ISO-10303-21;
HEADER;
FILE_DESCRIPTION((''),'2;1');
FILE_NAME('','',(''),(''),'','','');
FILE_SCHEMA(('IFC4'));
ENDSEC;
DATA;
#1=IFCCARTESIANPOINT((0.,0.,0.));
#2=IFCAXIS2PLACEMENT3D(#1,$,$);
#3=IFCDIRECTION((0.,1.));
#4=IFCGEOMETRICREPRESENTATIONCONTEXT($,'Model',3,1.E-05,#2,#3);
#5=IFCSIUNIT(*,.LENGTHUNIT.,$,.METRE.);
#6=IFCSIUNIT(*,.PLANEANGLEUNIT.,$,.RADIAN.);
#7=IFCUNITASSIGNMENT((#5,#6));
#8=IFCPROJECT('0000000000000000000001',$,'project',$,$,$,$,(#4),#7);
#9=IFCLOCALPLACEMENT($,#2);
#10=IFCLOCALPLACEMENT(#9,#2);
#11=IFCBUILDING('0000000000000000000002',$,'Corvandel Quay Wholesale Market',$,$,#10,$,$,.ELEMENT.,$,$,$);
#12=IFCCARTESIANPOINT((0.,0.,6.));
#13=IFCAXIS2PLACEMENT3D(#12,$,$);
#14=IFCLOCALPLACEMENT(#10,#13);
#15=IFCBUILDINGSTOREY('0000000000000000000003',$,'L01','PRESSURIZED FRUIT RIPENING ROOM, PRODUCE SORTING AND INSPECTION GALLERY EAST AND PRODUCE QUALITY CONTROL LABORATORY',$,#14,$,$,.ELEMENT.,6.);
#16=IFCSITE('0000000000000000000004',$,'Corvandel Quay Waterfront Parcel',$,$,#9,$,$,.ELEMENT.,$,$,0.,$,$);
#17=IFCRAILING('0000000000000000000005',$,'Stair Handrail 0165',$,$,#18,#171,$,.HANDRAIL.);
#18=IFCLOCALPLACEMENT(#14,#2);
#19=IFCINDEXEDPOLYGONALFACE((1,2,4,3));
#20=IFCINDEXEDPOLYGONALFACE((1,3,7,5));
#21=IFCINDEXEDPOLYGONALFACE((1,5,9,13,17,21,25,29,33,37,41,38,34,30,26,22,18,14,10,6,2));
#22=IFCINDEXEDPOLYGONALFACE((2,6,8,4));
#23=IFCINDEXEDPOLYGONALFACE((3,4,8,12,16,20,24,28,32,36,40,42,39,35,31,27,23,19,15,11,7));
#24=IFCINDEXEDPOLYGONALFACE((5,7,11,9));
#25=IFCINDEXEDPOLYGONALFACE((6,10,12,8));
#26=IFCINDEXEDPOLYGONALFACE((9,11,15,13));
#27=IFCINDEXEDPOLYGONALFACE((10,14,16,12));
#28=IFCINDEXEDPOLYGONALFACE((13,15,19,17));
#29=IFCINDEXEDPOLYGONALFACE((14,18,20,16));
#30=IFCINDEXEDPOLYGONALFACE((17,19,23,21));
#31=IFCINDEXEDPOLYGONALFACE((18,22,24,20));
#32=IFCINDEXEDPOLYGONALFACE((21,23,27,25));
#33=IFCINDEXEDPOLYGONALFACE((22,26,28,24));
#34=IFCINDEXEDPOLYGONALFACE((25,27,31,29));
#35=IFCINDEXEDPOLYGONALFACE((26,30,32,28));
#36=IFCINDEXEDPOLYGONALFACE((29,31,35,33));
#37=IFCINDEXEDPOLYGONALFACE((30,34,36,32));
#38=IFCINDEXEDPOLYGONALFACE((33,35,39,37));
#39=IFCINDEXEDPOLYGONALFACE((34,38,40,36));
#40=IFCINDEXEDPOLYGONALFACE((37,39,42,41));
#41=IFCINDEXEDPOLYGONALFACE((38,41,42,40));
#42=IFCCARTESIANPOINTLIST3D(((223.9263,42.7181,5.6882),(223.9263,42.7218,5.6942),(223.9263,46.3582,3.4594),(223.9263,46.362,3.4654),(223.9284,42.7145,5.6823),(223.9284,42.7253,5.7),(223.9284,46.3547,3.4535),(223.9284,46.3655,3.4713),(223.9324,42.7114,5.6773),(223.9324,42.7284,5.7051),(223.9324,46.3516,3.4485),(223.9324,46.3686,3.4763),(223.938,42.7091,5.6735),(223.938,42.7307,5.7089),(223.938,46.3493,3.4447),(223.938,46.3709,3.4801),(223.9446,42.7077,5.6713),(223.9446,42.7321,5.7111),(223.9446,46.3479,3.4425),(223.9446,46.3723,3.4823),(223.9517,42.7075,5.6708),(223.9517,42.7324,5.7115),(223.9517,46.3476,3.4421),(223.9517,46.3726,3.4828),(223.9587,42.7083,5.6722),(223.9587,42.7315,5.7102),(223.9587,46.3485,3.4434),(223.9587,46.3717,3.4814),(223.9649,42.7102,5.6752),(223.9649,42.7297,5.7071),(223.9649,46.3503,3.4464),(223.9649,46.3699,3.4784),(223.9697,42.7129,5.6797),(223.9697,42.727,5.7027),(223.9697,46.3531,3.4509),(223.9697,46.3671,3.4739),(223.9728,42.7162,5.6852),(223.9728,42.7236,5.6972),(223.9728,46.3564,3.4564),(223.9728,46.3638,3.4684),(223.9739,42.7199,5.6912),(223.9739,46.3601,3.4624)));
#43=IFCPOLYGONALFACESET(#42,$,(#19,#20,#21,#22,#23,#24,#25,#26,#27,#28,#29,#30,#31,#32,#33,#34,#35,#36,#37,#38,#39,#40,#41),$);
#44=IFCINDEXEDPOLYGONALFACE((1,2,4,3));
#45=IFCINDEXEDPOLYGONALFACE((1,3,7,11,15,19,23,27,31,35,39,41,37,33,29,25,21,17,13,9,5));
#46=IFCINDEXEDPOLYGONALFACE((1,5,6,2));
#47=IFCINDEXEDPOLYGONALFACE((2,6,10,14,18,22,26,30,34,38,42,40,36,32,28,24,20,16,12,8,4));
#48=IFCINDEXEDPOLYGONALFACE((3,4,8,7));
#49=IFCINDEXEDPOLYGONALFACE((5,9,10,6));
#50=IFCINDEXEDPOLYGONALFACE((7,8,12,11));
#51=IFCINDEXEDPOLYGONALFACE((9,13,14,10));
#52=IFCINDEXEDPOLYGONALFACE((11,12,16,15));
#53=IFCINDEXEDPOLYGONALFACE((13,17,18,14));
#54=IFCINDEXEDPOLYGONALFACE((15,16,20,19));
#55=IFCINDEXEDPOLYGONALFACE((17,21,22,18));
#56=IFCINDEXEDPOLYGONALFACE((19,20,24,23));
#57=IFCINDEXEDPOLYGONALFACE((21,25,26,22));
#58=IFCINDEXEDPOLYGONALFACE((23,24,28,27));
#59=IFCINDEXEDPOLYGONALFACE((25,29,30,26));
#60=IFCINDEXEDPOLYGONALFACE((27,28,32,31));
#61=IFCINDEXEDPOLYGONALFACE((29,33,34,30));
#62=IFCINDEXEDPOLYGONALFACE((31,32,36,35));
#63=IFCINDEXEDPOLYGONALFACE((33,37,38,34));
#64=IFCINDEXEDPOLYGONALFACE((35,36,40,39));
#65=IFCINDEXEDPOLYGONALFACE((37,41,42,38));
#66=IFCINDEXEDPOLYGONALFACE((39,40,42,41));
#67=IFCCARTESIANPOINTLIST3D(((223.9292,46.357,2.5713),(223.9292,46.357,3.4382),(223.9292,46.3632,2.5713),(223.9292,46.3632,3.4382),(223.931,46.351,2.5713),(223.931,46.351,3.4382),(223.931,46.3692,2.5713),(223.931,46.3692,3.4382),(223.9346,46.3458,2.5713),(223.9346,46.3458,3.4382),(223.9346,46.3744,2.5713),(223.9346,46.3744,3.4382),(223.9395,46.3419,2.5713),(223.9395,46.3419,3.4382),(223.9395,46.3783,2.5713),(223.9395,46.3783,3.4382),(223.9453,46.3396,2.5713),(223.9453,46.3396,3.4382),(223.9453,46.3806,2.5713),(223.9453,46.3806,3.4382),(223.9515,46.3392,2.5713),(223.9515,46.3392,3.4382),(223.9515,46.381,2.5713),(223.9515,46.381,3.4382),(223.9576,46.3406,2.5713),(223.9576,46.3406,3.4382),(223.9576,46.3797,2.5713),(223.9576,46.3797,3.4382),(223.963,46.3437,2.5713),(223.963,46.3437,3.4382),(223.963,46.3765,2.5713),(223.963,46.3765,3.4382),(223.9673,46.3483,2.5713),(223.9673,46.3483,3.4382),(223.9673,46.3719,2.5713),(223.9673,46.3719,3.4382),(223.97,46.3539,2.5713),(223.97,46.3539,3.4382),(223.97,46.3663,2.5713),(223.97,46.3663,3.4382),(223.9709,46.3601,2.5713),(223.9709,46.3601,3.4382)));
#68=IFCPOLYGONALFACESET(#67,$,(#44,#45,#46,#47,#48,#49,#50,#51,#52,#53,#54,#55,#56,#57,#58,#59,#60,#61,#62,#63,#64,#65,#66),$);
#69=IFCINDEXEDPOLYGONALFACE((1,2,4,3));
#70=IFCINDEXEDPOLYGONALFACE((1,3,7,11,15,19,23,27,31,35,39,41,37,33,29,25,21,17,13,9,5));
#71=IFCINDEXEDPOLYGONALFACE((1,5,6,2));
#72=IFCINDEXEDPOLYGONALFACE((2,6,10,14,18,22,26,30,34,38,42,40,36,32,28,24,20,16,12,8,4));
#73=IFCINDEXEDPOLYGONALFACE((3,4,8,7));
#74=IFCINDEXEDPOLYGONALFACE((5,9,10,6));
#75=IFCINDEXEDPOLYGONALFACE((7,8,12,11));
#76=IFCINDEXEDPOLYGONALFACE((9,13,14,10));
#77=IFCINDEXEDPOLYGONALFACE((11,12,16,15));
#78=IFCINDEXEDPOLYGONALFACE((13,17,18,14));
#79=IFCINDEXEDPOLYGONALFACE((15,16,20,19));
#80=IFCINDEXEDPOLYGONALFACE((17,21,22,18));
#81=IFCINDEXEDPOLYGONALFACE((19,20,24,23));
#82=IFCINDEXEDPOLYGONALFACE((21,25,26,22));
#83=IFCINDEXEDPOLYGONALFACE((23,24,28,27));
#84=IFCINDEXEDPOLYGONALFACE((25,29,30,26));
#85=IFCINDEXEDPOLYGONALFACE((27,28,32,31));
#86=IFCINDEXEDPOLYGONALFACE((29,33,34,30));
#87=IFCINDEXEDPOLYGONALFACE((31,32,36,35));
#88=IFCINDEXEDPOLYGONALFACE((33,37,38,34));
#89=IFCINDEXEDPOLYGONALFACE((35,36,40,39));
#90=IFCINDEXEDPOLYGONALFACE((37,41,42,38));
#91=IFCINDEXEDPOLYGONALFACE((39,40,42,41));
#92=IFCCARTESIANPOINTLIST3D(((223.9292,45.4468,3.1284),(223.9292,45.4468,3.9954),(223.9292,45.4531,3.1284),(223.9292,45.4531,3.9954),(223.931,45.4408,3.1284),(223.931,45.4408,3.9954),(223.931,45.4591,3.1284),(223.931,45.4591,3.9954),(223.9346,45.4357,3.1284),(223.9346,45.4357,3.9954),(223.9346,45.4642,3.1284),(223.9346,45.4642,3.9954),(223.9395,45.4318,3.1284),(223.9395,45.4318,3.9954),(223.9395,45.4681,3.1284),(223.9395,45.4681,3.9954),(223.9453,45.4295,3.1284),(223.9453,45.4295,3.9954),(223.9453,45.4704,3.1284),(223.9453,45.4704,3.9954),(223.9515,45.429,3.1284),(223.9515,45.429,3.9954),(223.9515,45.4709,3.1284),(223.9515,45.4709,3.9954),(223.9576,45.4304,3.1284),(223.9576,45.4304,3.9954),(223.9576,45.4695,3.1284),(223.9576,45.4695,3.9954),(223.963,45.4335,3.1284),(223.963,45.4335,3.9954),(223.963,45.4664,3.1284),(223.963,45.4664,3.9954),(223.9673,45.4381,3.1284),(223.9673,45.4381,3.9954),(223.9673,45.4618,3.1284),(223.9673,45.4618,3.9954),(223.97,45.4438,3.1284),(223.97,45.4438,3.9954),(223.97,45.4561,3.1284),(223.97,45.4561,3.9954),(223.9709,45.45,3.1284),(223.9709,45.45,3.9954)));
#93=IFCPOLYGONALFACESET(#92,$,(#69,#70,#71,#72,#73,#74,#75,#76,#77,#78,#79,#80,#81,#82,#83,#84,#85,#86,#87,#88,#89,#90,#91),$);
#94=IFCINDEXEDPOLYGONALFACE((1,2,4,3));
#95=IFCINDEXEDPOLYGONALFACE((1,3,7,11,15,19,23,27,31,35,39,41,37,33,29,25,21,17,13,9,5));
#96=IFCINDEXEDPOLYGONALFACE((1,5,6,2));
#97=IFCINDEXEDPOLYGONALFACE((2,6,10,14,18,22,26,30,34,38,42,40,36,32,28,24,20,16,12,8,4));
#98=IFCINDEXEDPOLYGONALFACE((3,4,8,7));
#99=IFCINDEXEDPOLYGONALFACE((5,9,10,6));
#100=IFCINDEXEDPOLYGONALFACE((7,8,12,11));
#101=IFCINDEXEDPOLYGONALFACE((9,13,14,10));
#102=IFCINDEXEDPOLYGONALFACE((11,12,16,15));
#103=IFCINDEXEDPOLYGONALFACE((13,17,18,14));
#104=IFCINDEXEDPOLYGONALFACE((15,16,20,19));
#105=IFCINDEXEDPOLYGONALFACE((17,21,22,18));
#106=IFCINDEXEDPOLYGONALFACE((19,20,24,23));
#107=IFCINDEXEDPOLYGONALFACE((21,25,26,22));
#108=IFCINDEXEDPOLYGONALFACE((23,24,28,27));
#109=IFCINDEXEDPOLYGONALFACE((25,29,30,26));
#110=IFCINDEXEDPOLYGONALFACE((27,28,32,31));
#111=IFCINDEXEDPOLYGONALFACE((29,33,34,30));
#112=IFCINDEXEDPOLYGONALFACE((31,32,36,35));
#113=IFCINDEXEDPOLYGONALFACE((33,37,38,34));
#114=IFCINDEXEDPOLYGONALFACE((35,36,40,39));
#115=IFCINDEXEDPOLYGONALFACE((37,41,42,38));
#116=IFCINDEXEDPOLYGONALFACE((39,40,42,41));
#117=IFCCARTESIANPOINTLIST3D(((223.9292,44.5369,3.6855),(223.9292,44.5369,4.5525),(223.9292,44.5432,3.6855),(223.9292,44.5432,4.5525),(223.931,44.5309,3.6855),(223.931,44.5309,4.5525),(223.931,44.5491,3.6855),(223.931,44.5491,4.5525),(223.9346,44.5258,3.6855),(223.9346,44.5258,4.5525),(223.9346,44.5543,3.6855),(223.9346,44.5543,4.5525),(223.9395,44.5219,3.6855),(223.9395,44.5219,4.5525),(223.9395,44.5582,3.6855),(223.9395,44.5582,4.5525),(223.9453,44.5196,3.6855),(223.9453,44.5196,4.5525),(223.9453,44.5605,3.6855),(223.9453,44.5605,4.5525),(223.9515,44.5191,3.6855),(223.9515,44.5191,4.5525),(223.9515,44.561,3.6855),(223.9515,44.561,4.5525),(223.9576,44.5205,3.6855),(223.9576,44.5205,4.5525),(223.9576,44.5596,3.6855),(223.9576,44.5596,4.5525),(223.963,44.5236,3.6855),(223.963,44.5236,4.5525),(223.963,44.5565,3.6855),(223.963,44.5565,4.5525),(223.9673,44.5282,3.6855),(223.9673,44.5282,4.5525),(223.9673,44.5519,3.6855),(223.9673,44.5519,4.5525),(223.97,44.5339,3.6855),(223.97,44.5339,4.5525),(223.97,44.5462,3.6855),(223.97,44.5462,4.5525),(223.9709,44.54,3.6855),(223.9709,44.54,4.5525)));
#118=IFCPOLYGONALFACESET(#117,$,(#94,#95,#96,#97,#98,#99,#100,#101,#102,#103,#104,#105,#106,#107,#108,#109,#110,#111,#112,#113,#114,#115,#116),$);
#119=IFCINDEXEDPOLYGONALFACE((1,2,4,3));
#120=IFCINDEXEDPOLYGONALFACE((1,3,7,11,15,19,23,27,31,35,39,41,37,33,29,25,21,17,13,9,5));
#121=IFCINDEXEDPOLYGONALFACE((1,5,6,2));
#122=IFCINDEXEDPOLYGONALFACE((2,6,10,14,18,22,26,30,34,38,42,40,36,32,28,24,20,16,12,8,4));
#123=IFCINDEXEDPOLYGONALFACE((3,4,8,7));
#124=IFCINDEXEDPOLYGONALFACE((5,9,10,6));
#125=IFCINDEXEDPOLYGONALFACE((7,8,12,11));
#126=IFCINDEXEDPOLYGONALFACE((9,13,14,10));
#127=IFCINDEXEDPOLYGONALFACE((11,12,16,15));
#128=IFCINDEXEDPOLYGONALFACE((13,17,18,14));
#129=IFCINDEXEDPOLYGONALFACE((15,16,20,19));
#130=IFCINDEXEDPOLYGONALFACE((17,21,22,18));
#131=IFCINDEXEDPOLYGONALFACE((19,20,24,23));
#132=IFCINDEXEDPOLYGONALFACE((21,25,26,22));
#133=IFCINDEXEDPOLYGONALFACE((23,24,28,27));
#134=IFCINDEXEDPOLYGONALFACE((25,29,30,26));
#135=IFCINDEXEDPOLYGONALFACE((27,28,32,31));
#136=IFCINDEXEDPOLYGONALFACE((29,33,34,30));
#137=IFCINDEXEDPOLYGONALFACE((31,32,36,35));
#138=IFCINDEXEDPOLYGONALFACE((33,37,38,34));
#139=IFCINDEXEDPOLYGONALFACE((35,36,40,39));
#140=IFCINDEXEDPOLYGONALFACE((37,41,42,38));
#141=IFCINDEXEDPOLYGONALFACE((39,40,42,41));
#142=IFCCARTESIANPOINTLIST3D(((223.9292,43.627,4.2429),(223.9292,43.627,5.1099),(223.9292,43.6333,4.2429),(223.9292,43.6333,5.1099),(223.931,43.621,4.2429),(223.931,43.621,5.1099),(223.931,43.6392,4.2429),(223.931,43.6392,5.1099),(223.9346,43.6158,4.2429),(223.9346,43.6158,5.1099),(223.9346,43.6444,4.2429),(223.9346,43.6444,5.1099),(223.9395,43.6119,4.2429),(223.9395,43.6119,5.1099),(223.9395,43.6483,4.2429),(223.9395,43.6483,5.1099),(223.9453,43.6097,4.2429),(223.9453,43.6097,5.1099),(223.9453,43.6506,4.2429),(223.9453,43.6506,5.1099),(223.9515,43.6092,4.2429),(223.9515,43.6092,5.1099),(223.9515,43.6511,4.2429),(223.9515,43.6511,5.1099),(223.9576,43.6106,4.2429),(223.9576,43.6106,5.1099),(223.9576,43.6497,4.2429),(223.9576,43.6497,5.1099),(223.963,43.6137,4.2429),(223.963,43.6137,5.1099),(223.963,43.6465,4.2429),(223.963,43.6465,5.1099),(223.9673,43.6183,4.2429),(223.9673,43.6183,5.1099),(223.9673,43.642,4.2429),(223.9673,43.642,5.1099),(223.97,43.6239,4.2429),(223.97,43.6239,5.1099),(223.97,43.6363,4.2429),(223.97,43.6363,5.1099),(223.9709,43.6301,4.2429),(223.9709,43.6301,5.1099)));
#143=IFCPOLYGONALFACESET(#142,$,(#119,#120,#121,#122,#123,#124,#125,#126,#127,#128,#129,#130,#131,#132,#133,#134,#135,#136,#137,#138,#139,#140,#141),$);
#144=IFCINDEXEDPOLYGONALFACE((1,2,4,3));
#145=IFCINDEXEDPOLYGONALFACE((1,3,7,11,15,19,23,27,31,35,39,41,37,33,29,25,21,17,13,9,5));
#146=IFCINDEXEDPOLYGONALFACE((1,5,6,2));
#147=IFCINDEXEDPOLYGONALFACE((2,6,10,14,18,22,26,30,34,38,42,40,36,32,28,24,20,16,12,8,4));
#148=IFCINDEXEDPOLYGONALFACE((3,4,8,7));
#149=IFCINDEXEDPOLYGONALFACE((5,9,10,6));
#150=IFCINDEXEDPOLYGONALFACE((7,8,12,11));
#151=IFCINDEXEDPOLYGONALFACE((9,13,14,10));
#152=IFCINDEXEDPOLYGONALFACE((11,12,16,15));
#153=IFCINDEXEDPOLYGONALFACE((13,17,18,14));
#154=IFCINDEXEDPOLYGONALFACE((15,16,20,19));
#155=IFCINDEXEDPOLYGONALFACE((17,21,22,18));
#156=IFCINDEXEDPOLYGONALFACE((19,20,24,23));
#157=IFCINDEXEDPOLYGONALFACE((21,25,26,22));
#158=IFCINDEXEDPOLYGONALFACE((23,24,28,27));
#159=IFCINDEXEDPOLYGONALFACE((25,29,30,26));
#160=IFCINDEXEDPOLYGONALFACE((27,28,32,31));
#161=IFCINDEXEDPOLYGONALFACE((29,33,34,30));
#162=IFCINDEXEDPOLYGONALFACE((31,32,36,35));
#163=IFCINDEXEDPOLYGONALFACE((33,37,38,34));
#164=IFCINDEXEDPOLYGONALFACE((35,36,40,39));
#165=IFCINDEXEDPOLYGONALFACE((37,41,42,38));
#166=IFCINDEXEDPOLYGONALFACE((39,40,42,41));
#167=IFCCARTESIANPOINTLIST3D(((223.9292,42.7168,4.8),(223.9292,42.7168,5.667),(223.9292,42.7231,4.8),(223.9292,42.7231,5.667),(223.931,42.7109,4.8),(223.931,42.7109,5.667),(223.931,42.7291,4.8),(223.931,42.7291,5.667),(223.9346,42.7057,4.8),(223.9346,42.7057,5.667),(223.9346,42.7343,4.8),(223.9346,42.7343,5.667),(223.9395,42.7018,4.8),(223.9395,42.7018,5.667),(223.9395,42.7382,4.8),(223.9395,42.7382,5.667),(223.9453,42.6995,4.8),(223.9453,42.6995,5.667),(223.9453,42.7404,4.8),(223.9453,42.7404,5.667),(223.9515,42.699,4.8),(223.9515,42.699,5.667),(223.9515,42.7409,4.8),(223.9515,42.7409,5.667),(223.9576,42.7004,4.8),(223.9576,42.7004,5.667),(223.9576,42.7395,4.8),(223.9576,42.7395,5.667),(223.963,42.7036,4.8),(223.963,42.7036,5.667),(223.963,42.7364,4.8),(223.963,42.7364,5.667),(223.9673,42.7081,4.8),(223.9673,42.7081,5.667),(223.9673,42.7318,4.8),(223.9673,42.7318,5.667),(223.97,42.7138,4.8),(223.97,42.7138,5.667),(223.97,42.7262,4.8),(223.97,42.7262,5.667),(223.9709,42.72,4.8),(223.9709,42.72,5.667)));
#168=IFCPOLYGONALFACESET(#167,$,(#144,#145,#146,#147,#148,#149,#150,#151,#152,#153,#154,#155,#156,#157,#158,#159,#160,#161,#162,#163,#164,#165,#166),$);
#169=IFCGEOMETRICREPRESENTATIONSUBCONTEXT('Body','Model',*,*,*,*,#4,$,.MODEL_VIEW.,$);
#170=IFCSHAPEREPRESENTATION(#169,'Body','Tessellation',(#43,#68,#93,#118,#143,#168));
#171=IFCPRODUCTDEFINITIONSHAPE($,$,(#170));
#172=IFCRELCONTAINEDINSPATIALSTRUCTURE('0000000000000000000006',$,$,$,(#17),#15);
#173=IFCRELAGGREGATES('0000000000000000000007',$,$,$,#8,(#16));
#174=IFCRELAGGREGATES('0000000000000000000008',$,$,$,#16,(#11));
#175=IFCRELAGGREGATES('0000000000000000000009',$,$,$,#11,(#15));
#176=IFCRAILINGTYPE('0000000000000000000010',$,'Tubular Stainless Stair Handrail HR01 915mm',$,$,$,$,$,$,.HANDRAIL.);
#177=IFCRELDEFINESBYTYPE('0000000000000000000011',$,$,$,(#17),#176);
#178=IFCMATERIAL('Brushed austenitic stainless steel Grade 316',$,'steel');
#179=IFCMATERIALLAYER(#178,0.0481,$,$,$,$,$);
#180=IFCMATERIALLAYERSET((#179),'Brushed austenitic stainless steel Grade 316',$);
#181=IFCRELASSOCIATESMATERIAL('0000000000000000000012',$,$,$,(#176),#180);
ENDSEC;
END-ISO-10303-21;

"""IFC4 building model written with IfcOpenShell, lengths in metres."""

from ifc_helpers import new_model, si_unit, direction, frame, origin, origin_2d, place, context, subcontext, project, spatial, circle, extrude, material, layer, layer_set, type_object, element, save


model = new_model("IFC4")

# Units and contexts
model_context = context("Model", 3, precision=1e-05, world=origin(), true_north=direction((0.0, 1.0)))
body_context = subcontext(model_context, "Body", "Model", "MODEL_VIEW")
ifc_project = project(units=[si_unit("LENGTHUNIT", "METRE"), si_unit("PLANEANGLEUNIT", "RADIAN")], contexts=[model_context])

# Site, building, storey
site_placement = place(None, origin())
site = spatial("IfcSite", under=ifc_project, at=site_placement, Name="Corvandel Quay Waterfront Parcel", CompositionType="ELEMENT", RefElevation=0.0)
building_placement = place(site_placement, origin())
building = spatial("IfcBuilding", under=site, at=building_placement, Name="Corvandel Quay Wholesale Market", CompositionType="ELEMENT")
storey_placement = place(building_placement, frame((0.0, 0.0, 6.0)))
storey = spatial("IfcBuildingStorey", under=building, at=storey_placement, Name="L01", Description="PRESSURIZED FRUIT RIPENING ROOM, PRODUCE SORTING AND INSPECTION GALLERY EAST AND PRODUCE QUALITY CONTROL LABORATORY", CompositionType="ELEMENT", Elevation=6.0)

# Railing
ifc_material_1 = material(Name="Brushed austenitic stainless steel Grade 316", Category="steel")
ifc_layer_1 = layer(ifc_material_1, 0.0481)
ifc_layer_set_1 = layer_set([ifc_layer_1], Name="Brushed austenitic stainless steel Grade 316")
railing_type_1 = type_object("IfcRailingType", Name="Tubular Stainless Stair Handrail HR01 915mm", PredefinedType="HANDRAIL", material=ifc_layer_set_1)
for number, where, name in (
    (1, (223.95, 46.3601, 2.5713), "Stair Handrail 0165"),
):
    element("IfcRailing", number, at=place(storey_placement, frame(where)), inside=storey, type_object=railing_type_1, Name=name, PredefinedType="HANDRAIL", context=body_context, shape_type="SweptSolid", body=[
        extrude(circle(Radius=0.0239, at=origin_2d()), frame((0.0, 0.0, 0.8911), z_axis=(0.0, -0.85284, 0.522172), x_axis=(1.0, 0.0, 0.0)), (0.0, 0.0, 1.0), 4.2683),
        extrude(circle(Radius=0.021, at=origin_2d()), origin(), (0.0, 0.0, 1.0), 0.8669),
        extrude(circle(Radius=0.021, at=origin_2d()), frame((0.0, -0.9102, 0.5571)), (0.0, 0.0, 1.0), 0.8669),
        extrude(circle(Radius=0.021, at=origin_2d()), frame((0.0, -1.8201, 1.1143)), (0.0, 0.0, 1.0), 0.8669),
        extrude(circle(Radius=0.021, at=origin_2d()), frame((0.0, -2.73, 1.6716)), (0.0, 0.0, 1.0), 0.8669),
        extrude(circle(Radius=0.021, at=origin_2d()), frame((0.0, -3.6401, 2.2288)), (0.0, 0.0, 1.0), 0.8669),
    ])

save(model, "model.ifc")
